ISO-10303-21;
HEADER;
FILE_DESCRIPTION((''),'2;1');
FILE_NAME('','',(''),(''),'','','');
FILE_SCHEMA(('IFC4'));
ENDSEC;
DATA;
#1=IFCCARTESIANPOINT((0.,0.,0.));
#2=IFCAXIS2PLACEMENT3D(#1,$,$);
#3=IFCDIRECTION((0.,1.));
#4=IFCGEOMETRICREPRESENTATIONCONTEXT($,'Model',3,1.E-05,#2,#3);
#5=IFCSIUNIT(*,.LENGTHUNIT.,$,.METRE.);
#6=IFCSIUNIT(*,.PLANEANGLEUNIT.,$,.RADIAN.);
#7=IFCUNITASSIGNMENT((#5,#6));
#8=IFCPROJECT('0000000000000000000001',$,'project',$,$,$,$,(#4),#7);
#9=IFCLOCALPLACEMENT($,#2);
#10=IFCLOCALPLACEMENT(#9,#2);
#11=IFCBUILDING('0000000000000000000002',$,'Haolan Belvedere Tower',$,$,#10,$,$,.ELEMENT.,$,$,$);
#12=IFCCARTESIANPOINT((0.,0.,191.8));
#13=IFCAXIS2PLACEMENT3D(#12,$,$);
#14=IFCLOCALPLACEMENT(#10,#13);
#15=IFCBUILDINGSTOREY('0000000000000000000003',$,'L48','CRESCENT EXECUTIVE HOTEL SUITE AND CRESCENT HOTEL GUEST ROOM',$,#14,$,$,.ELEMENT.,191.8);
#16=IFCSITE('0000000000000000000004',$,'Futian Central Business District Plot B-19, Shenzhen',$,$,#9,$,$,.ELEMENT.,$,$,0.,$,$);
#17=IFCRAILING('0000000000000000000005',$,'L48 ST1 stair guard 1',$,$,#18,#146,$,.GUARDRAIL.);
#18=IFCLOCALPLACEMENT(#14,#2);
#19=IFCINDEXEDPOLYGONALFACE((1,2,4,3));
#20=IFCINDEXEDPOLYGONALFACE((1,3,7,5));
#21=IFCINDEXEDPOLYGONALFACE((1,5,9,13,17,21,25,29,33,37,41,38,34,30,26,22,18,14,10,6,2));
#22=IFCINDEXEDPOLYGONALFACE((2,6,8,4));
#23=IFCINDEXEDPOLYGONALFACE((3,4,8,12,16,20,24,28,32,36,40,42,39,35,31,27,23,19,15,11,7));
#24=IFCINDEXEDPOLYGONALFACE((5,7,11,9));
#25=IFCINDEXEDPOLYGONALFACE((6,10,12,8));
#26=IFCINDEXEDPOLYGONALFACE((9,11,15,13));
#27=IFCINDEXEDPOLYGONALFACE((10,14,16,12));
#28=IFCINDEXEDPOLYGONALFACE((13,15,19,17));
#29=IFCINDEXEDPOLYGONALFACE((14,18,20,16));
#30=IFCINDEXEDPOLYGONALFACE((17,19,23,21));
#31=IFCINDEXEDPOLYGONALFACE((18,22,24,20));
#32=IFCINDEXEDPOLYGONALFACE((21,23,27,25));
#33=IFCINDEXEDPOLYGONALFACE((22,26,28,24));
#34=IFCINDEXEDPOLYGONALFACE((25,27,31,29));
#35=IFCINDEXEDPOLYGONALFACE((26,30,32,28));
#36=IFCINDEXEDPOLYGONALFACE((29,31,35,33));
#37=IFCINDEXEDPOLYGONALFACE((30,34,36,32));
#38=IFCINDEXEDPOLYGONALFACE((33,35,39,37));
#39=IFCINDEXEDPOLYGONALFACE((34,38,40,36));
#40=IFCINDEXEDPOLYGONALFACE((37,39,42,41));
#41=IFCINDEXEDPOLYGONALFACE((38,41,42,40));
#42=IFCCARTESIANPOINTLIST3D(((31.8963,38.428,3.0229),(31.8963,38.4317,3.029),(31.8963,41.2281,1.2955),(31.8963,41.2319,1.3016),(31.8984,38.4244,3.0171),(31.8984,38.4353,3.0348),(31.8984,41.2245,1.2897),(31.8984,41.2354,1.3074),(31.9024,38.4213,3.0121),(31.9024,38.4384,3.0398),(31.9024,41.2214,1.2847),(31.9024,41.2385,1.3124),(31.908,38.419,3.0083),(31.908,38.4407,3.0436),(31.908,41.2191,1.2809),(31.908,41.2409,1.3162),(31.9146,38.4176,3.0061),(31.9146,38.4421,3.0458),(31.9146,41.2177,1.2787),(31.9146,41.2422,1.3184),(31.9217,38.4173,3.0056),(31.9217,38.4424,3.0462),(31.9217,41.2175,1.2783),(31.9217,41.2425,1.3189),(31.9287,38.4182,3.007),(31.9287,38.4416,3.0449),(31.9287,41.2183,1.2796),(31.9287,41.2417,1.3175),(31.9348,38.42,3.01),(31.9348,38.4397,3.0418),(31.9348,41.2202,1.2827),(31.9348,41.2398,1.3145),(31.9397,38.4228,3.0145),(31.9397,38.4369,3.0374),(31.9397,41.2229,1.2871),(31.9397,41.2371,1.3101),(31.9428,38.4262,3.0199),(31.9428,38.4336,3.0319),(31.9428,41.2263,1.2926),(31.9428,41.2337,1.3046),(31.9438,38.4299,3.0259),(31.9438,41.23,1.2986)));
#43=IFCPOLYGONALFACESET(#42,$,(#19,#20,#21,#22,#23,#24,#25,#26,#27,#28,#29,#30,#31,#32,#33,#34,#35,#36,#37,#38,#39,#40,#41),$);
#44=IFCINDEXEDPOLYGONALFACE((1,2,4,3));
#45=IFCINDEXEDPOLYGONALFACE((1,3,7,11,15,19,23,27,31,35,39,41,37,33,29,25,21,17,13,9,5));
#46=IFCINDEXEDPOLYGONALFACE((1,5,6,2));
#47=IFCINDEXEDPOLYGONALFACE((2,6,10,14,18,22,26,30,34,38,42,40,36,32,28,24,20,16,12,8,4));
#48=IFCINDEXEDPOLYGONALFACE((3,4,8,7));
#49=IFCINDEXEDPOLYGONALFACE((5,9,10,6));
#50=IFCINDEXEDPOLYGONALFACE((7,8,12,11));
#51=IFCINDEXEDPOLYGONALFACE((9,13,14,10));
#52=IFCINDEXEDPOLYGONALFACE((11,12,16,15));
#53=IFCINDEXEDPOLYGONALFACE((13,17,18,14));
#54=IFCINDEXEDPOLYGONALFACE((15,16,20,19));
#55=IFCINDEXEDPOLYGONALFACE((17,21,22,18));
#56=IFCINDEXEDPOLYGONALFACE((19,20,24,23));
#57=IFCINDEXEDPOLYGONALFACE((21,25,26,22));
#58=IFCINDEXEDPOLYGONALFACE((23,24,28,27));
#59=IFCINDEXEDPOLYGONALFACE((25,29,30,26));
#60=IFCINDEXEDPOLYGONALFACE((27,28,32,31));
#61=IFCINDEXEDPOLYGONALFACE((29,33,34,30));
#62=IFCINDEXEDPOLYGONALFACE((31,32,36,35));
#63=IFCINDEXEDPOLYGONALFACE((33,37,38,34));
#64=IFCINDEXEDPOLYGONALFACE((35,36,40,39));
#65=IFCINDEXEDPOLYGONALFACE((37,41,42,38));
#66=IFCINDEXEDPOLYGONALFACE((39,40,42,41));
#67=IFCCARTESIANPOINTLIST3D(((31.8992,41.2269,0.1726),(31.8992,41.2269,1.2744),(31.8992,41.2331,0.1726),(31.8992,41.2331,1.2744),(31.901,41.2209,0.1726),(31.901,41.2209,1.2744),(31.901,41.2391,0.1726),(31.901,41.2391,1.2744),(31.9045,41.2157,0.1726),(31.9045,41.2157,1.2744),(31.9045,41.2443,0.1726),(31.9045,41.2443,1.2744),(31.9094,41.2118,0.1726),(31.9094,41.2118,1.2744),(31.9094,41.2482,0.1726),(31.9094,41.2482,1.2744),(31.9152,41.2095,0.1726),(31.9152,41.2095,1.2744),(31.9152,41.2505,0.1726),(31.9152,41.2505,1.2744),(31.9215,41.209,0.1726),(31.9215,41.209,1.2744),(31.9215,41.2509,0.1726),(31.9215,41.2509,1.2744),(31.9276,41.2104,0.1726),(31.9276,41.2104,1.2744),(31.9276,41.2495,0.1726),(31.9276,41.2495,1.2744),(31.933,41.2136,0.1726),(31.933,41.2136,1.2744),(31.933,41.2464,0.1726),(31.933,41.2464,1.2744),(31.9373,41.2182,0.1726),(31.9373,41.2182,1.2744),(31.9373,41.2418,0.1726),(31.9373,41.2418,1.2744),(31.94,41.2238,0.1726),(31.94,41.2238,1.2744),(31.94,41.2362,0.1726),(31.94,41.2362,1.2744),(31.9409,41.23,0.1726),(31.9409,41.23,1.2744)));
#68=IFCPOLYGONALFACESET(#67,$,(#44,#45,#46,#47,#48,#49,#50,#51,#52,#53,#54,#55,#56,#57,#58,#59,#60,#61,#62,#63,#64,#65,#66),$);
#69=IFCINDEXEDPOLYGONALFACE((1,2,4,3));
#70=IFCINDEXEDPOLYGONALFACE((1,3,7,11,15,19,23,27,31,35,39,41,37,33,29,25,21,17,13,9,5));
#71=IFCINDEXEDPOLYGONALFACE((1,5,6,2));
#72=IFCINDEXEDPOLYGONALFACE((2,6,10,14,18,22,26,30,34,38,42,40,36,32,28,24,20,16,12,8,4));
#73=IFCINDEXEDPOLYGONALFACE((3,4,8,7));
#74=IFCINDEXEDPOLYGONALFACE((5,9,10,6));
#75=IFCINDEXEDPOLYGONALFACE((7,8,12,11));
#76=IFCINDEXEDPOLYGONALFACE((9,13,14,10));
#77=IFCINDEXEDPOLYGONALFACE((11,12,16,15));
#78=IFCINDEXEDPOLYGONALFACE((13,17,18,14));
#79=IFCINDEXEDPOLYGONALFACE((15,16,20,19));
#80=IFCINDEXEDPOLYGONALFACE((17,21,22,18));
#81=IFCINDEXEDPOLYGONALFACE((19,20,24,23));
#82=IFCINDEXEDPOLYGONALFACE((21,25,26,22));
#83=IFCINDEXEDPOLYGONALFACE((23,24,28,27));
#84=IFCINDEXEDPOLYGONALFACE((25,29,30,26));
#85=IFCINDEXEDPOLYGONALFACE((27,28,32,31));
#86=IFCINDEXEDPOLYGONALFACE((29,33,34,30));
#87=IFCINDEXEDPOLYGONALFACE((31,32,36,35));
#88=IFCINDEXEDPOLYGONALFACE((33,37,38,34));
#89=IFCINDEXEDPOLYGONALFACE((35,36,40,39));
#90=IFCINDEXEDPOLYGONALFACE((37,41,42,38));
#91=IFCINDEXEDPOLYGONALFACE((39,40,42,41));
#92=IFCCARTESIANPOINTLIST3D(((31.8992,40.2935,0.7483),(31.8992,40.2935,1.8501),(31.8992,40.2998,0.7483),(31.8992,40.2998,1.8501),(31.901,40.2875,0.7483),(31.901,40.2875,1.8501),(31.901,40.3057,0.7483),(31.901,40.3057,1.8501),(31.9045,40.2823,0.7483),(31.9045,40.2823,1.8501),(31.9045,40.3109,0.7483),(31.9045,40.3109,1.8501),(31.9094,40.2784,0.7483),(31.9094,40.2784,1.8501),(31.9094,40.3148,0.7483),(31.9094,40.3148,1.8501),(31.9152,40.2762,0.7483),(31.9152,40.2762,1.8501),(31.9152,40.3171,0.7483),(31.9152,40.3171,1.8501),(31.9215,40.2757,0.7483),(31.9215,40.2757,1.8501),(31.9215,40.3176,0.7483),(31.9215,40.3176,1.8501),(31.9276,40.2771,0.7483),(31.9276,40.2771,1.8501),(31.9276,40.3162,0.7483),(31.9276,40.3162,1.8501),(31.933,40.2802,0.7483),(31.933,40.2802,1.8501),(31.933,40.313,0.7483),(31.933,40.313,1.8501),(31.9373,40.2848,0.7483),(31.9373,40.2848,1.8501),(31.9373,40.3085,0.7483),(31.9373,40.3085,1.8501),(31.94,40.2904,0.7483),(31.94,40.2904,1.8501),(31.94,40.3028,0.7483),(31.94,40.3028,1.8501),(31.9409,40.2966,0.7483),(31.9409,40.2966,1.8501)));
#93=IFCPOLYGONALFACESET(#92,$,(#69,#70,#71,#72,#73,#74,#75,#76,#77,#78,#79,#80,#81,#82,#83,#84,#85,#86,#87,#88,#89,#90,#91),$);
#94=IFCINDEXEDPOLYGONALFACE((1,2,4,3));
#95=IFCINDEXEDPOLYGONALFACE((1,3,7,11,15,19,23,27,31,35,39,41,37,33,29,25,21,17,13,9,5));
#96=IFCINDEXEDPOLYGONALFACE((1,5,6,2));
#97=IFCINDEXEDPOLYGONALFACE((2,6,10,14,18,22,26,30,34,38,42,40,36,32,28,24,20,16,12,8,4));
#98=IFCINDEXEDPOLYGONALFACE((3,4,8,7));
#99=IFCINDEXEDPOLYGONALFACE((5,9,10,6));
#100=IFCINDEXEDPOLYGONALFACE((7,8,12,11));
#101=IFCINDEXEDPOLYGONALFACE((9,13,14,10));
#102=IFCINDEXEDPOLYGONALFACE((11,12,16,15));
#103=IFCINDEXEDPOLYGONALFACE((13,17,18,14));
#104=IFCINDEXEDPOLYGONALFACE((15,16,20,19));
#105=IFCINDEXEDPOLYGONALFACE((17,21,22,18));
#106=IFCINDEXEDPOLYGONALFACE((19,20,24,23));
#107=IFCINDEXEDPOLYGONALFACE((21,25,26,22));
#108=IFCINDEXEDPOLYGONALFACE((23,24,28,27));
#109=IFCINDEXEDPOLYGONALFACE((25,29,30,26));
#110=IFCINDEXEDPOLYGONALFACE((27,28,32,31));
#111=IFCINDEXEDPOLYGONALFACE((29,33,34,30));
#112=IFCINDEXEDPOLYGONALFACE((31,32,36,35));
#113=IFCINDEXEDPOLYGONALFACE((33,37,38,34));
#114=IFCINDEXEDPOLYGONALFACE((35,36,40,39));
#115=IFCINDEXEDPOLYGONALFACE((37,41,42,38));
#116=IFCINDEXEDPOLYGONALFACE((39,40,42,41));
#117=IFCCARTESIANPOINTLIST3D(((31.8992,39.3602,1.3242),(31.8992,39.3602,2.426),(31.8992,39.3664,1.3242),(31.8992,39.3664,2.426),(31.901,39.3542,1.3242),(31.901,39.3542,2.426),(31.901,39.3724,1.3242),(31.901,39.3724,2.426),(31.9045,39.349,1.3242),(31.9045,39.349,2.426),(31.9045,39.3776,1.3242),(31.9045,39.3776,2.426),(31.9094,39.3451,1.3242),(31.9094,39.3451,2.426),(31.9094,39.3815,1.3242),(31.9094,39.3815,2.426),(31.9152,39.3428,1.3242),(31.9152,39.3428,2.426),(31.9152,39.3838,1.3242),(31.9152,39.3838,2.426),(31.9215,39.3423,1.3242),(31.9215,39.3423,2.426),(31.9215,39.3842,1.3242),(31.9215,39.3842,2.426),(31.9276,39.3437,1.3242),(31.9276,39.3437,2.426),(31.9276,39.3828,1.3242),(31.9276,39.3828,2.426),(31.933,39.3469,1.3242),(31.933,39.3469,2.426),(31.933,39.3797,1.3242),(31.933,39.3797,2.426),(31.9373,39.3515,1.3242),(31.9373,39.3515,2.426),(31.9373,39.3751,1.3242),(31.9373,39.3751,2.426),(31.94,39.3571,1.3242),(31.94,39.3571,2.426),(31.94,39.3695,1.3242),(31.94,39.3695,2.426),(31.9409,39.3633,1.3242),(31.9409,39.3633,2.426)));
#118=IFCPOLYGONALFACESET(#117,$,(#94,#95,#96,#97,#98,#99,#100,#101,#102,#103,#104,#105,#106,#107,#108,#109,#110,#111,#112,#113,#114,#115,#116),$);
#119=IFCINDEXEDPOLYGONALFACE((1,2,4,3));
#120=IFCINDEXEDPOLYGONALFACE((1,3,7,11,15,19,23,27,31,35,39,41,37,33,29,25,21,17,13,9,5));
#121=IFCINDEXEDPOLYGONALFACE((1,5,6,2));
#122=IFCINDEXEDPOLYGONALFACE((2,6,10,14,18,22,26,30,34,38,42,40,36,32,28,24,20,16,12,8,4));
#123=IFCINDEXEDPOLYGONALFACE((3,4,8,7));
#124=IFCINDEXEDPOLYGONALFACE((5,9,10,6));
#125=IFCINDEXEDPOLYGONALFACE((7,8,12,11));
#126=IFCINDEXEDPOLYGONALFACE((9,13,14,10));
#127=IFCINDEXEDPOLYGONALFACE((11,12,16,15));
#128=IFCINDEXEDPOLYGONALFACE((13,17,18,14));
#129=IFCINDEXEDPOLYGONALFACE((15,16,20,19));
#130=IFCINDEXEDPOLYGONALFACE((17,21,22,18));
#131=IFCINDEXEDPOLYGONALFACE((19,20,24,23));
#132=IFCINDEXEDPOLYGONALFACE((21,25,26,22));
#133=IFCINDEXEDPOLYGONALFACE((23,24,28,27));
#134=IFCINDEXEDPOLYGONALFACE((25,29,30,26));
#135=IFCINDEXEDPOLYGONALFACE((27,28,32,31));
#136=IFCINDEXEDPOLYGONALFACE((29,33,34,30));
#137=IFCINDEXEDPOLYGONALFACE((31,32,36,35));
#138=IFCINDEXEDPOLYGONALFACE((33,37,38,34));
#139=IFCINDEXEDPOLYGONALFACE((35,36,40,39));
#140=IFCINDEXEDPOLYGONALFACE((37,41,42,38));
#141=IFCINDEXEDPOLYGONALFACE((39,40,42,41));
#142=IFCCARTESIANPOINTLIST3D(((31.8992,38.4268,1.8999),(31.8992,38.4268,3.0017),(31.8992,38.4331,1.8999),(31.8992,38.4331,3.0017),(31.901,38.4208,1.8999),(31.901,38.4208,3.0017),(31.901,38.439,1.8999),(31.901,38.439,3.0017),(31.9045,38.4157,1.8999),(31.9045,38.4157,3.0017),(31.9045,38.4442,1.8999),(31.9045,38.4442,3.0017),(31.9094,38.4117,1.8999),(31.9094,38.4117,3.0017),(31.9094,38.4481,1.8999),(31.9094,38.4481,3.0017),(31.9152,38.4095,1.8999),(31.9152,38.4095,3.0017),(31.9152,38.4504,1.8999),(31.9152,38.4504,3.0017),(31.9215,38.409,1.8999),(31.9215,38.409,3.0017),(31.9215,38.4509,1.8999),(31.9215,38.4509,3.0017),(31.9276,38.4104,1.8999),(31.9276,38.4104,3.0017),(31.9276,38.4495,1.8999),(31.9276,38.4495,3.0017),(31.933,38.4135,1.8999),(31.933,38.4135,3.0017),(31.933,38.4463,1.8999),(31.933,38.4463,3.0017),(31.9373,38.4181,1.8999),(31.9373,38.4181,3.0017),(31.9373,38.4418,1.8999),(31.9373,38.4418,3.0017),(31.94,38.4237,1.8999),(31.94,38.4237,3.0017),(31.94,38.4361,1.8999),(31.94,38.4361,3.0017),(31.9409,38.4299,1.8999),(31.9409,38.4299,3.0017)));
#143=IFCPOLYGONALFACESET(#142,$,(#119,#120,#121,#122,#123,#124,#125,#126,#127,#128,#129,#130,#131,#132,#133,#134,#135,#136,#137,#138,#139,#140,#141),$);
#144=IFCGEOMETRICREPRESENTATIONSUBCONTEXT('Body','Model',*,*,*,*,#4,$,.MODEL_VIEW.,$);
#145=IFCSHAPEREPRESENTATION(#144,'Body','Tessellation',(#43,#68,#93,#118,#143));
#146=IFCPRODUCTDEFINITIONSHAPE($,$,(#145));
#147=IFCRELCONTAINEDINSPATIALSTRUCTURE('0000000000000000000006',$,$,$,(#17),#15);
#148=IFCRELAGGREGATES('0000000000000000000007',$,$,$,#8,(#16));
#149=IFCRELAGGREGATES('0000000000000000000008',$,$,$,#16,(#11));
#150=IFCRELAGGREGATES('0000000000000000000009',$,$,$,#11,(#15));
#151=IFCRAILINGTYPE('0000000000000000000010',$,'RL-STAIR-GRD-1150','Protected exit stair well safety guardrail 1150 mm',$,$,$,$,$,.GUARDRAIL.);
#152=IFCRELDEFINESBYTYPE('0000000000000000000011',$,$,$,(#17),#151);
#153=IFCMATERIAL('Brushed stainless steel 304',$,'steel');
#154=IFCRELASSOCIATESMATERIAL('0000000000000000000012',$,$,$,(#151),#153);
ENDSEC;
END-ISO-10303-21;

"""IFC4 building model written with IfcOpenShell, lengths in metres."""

from ifc_helpers import new_model, si_unit, direction, frame, origin, origin_2d, place, context, subcontext, project, spatial, circle, extrude, material, type_object, element, save


model = new_model("IFC4")

# Units and contexts
model_context = context("Model", 3, precision=1e-05, world=origin(), true_north=direction((0.0, 1.0)))
body_context = subcontext(model_context, "Body", "Model", "MODEL_VIEW")
ifc_project = project(units=[si_unit("LENGTHUNIT", "METRE"), si_unit("PLANEANGLEUNIT", "RADIAN")], contexts=[model_context])

# Site, building, storey
site_placement = place(None, origin())
site = spatial("IfcSite", under=ifc_project, at=site_placement, Name="Futian Central Business District Plot B-19, Shenzhen", CompositionType="ELEMENT", RefElevation=0.0)
building_placement = place(site_placement, origin())
building = spatial("IfcBuilding", under=site, at=building_placement, Name="Haolan Belvedere Tower", CompositionType="ELEMENT")
storey_placement = place(building_placement, frame((0.0, 0.0, 191.8)))
storey = spatial("IfcBuildingStorey", under=building, at=storey_placement, Name="L48", Description="CRESCENT EXECUTIVE HOTEL SUITE AND CRESCENT HOTEL GUEST ROOM", CompositionType="ELEMENT", Elevation=191.8)

# Railing
ifc_material_1 = material(Name="Brushed stainless steel 304", Category="steel")
railing_type_1 = type_object("IfcRailingType", Name="RL-STAIR-GRD-1150", Description="Protected exit stair well safety guardrail 1150 mm", PredefinedType="GUARDRAIL", material=ifc_material_1)
railing_1_placement = place(storey_placement, frame((31.9199, 41.23, 0.1726)))
element("IfcRailing", 1, at=railing_1_placement, inside=storey, type_object=railing_type_1, Name="L48 ST1 stair guard 1", PredefinedType="GUARDRAIL", context=body_context, shape_type="SweptSolid", body=[
    extrude(circle(Radius=0.0239, at=origin_2d()), frame((0.0, 0.0, 1.126), z_axis=(0.0, -0.85109, 0.52502), x_axis=(1.0, 0.0, 0.0)), (0.0, 0.0, 1.0), 3.29),
    extrude(circle(Radius=0.021, at=origin_2d()), origin(), (0.0, 0.0, 1.0), 1.1018),
    extrude(circle(Radius=0.021, at=origin_2d()), frame((0.0, -0.9333, 0.5757)), (0.0, 0.0, 1.0), 1.1018),
    extrude(circle(Radius=0.021, at=origin_2d()), frame((0.0, -1.8667, 1.1516)), (0.0, 0.0, 1.0), 1.1018),
    extrude(circle(Radius=0.021, at=origin_2d()), frame((0.0, -2.8, 1.7273)), (0.0, 0.0, 1.0), 1.1018),
])

save(model, "model.ifc")
